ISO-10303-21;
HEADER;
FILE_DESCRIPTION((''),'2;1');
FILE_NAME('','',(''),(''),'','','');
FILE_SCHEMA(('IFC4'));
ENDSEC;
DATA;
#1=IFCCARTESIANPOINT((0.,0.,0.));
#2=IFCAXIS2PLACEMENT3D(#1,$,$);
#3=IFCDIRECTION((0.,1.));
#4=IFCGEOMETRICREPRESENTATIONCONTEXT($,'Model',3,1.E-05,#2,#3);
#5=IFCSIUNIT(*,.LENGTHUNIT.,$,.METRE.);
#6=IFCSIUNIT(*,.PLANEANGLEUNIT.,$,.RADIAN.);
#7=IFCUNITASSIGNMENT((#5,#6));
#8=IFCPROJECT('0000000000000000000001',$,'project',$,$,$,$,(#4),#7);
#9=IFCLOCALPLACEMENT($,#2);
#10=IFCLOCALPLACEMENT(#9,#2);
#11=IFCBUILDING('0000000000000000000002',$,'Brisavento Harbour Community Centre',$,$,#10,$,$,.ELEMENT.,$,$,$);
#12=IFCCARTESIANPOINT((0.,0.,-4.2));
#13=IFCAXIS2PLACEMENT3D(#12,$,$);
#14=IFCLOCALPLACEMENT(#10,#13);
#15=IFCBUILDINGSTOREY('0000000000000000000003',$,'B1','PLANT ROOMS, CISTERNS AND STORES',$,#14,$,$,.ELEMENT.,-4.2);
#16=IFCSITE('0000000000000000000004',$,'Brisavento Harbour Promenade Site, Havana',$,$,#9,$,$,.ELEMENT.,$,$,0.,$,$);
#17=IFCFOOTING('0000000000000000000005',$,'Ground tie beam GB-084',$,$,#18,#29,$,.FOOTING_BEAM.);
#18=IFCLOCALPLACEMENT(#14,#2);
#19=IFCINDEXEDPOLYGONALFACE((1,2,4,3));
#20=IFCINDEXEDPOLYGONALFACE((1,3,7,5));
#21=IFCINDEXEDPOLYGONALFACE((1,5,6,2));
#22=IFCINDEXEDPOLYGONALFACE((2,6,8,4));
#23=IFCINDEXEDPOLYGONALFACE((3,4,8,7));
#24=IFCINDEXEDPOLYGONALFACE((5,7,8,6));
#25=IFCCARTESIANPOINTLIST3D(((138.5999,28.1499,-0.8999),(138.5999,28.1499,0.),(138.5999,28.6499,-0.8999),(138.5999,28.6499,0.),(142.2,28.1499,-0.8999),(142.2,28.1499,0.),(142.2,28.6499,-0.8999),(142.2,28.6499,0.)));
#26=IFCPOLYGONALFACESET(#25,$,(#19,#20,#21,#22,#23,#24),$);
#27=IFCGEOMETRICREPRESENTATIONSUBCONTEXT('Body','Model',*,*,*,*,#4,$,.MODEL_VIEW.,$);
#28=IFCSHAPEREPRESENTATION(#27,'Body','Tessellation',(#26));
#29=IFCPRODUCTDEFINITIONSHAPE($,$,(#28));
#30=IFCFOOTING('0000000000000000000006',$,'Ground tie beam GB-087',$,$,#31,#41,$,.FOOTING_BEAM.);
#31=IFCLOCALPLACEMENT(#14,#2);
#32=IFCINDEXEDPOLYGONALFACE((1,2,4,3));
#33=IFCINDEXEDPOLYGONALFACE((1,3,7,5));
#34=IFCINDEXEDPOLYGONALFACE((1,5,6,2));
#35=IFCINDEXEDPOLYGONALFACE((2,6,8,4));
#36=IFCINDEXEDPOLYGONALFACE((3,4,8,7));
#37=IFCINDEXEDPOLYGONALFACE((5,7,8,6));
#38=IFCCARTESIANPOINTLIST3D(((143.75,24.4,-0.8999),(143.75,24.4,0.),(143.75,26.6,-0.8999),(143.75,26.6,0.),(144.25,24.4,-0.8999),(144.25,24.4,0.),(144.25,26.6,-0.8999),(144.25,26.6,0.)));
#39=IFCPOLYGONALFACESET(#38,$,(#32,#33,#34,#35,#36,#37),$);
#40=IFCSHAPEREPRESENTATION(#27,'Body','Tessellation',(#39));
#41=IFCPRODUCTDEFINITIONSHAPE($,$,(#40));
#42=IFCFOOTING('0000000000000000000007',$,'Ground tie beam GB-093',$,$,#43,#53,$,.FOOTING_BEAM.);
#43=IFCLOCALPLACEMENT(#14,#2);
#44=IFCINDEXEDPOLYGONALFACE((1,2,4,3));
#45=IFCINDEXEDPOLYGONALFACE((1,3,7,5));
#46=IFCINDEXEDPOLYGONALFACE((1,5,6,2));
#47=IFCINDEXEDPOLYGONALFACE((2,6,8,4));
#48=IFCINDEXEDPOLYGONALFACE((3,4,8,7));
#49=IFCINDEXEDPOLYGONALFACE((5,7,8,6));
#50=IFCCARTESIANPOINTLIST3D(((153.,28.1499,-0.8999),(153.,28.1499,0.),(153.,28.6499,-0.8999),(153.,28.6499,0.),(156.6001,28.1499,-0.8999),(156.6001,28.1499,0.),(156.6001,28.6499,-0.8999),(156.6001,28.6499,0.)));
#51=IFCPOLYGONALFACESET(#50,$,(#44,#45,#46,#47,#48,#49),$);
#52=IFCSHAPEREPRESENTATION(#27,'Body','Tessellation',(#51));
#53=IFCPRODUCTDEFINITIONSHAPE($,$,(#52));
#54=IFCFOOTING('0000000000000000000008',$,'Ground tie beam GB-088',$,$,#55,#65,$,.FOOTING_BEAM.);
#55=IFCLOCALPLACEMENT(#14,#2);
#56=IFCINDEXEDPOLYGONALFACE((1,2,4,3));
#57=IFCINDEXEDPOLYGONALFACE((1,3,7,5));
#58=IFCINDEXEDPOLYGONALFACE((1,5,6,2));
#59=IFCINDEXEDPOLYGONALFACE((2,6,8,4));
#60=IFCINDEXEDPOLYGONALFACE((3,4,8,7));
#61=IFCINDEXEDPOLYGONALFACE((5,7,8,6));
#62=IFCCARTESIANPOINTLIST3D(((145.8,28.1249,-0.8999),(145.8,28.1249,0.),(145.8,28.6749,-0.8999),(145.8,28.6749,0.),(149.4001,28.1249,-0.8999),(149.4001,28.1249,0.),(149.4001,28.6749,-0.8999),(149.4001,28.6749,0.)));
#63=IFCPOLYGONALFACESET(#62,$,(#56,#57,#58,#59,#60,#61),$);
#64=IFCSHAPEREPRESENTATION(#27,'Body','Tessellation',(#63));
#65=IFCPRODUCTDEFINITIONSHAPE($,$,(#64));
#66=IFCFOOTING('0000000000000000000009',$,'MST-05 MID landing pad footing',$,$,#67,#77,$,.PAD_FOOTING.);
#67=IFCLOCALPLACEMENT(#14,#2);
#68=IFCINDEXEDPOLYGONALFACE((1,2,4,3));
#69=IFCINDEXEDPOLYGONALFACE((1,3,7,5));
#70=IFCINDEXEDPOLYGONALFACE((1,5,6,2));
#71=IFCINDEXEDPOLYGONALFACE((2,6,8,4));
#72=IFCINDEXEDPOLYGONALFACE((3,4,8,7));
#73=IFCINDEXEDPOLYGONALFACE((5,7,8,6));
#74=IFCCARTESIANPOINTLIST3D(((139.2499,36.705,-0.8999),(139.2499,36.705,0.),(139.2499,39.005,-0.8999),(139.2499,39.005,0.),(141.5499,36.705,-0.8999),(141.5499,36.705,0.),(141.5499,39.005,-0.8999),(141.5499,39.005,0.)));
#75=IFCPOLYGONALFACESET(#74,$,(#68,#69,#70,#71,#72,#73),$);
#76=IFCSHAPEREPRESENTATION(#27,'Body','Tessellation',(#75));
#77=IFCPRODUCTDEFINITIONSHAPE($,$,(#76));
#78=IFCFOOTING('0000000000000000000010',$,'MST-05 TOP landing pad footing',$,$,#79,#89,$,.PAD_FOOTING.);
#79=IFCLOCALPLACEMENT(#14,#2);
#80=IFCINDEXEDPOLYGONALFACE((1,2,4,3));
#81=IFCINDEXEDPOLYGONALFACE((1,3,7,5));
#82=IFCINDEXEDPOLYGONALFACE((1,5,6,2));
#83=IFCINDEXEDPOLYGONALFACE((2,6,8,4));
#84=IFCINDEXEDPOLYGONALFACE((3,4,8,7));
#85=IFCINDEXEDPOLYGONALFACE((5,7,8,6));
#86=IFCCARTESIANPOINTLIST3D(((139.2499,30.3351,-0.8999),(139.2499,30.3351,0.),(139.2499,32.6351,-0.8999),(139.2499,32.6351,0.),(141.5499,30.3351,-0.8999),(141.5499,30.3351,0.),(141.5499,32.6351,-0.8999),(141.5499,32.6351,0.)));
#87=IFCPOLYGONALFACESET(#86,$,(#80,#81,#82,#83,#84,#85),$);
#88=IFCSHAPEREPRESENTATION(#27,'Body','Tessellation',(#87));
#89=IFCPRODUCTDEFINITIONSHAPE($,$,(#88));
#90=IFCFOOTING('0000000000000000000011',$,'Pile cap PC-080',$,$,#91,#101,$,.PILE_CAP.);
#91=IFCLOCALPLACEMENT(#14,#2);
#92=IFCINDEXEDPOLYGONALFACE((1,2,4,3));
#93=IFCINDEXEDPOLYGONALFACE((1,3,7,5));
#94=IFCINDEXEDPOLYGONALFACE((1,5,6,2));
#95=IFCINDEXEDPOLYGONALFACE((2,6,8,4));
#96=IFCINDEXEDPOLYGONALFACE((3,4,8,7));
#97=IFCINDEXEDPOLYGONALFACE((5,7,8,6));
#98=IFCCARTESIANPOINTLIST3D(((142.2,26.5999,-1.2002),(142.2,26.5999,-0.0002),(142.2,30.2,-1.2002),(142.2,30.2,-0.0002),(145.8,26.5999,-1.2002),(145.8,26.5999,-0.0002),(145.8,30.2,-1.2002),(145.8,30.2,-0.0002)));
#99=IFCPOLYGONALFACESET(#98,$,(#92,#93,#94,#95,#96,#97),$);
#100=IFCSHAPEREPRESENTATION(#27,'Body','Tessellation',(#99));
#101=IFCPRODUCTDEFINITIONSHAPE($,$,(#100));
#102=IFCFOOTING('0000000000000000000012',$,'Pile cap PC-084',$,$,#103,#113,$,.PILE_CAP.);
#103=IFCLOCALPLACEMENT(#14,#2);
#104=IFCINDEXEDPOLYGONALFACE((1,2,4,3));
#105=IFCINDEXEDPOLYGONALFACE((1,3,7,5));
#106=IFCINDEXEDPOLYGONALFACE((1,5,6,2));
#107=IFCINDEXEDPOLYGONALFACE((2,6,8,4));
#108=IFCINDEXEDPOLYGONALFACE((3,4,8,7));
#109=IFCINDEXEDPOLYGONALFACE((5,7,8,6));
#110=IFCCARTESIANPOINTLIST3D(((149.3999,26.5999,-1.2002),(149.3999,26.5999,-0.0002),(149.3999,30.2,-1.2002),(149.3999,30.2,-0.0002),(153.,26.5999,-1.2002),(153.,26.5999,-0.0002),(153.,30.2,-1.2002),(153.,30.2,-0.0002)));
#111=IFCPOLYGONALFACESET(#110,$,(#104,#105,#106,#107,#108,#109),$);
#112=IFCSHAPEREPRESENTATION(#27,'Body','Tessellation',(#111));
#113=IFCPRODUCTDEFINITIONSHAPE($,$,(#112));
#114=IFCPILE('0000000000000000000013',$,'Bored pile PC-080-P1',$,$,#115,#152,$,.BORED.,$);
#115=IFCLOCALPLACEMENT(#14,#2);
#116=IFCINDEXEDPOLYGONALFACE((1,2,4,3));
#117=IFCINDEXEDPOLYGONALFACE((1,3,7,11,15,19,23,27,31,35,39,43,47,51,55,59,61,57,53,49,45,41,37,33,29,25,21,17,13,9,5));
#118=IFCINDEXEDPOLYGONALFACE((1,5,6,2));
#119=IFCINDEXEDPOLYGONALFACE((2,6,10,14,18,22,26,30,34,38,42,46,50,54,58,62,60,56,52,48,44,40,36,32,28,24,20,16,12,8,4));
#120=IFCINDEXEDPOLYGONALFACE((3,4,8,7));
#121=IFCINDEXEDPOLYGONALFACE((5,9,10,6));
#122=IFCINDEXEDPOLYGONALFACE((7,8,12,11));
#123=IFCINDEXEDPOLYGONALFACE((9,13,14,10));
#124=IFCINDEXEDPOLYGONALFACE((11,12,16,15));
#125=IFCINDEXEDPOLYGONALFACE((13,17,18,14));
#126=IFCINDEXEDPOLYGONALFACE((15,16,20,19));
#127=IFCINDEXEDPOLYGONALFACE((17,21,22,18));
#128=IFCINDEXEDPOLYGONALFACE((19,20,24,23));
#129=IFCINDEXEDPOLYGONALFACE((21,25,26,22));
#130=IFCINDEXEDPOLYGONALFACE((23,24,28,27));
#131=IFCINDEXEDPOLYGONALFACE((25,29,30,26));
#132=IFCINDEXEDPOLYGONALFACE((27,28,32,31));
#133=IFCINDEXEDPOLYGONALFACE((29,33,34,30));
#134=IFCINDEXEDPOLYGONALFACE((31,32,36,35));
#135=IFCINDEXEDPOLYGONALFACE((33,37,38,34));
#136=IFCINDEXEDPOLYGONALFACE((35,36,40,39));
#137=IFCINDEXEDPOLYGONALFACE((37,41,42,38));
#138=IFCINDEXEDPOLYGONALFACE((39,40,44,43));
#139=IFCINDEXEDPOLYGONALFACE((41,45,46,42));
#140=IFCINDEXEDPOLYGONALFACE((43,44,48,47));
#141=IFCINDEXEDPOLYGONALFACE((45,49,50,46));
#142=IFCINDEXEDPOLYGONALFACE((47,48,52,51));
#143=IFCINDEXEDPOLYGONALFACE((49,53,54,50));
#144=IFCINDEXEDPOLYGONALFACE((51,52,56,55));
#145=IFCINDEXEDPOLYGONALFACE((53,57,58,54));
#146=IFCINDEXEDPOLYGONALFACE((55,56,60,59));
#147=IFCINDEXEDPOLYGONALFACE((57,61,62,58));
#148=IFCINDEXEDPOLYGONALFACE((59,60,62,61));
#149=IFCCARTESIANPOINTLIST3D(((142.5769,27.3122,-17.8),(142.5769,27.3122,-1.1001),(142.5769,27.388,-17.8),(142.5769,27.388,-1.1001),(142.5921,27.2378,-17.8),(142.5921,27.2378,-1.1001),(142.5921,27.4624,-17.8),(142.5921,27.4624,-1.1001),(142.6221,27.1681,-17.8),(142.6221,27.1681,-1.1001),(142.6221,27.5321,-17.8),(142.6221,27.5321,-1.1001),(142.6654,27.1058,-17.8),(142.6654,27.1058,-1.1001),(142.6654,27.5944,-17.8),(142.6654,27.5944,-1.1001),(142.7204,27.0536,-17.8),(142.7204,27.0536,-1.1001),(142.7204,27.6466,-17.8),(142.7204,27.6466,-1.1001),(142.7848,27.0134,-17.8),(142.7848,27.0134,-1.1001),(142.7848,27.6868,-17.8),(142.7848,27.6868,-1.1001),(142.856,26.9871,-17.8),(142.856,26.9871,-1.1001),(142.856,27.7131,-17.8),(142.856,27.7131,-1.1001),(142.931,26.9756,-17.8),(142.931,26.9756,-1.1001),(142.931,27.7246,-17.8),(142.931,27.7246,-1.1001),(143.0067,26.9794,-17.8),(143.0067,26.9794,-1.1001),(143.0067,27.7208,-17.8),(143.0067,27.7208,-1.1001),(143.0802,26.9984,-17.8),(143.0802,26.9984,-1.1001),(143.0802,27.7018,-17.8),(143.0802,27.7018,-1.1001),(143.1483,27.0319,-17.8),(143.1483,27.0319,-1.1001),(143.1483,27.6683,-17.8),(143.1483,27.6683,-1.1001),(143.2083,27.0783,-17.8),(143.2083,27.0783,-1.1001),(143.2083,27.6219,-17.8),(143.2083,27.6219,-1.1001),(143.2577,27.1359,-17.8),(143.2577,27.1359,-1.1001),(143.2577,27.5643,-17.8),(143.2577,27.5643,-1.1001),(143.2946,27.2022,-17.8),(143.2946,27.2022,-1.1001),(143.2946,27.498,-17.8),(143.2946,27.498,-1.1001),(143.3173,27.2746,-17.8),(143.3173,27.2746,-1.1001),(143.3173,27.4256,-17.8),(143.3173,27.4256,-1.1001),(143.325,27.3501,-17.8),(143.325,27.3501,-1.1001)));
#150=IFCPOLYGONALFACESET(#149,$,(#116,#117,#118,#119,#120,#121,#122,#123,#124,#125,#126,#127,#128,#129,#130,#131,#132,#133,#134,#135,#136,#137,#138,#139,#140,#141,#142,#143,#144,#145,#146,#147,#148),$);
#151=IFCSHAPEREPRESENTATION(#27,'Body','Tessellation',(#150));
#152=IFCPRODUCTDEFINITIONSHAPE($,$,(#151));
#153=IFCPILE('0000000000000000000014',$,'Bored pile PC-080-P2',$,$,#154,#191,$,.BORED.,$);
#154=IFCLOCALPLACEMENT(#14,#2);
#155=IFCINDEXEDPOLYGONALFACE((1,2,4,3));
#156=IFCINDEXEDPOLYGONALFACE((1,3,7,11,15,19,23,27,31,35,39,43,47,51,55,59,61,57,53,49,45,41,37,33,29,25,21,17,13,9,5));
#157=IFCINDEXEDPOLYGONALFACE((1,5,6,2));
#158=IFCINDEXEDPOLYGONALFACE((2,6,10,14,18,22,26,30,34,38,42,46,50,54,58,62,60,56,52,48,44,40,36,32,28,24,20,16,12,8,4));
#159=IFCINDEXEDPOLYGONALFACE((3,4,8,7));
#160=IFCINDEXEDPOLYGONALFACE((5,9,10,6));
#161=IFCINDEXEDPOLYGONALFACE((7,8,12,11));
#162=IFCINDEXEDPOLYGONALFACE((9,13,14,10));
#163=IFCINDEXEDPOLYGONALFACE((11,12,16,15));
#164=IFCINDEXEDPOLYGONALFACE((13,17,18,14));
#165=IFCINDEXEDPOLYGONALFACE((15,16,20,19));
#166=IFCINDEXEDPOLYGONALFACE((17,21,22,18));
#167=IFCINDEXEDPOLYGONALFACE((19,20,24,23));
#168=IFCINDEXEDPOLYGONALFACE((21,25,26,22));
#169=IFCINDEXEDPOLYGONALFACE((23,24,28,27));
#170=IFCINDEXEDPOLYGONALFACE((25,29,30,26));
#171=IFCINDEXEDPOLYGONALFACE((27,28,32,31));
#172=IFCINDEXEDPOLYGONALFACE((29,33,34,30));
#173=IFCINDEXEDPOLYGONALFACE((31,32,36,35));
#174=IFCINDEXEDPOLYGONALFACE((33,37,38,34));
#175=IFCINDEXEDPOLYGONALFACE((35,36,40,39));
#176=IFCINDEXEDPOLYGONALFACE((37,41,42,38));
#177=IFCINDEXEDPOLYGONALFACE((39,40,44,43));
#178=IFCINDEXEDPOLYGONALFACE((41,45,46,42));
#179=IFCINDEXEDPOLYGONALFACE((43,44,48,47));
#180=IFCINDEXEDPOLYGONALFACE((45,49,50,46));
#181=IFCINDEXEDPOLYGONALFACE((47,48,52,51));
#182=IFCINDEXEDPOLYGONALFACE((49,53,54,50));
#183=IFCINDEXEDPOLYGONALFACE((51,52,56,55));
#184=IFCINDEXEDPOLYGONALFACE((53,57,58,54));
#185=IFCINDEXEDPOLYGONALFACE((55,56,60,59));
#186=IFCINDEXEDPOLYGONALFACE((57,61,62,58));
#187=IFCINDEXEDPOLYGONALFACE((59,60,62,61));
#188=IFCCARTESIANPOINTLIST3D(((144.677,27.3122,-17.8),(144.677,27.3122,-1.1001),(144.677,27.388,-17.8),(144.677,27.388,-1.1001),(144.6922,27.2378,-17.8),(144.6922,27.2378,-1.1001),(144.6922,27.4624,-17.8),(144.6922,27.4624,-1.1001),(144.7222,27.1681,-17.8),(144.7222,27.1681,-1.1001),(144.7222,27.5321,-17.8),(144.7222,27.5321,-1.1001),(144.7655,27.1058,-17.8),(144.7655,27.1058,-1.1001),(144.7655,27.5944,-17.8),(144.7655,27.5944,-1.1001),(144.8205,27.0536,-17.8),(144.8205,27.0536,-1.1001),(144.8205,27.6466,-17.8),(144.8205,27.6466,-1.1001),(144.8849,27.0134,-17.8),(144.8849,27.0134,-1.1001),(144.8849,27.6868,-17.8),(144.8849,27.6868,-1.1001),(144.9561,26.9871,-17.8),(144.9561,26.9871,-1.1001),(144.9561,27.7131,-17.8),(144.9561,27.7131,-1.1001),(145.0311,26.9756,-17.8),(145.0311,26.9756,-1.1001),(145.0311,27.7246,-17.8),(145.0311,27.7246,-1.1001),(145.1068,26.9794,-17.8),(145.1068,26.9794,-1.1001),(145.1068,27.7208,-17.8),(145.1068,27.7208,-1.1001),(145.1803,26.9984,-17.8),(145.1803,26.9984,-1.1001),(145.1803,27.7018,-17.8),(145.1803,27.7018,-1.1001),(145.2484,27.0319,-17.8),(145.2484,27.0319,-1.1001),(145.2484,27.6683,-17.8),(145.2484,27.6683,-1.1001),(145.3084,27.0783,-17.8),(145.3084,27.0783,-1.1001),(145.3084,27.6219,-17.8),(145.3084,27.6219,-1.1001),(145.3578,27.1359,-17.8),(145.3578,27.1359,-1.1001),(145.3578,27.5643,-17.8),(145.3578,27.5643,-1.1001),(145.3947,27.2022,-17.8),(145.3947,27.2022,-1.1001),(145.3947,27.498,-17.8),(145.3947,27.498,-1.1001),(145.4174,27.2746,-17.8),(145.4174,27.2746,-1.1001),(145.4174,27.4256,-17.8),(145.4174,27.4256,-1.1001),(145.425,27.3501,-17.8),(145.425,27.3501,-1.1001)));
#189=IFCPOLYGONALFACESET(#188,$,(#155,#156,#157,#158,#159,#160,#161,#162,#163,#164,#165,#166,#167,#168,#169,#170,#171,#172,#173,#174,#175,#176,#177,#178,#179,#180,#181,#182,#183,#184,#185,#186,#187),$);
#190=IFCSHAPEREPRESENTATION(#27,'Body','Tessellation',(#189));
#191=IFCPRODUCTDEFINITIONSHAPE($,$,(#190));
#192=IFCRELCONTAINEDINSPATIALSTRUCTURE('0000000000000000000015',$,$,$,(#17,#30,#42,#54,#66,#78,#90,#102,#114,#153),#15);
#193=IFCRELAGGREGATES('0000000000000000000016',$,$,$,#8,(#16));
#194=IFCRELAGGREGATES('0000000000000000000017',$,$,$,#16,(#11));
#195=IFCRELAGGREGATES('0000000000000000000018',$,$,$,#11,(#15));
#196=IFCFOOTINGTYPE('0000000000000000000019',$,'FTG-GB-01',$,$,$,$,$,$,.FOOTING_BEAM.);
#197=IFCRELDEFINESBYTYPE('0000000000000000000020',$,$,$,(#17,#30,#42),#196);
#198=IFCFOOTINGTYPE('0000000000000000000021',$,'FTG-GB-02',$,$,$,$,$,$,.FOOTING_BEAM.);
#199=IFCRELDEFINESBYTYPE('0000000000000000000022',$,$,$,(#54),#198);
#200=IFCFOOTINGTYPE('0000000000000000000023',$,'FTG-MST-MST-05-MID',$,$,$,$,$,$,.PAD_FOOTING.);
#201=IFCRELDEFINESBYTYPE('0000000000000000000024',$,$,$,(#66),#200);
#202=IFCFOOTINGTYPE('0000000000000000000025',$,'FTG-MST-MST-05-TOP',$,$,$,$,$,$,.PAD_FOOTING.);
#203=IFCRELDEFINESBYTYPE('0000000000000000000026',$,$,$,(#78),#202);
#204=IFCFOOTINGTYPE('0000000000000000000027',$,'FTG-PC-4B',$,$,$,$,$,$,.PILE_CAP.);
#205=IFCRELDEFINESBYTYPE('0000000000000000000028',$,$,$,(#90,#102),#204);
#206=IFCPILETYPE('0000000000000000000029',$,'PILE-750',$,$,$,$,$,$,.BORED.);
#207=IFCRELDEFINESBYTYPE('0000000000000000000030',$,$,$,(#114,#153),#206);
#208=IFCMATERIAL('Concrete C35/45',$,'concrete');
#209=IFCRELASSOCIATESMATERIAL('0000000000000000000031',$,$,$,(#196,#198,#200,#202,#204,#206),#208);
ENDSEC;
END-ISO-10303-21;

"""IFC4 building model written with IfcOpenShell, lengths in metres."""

from ifc_helpers import new_model, si_unit, direction, frame, origin, origin_2d, place, context, subcontext, project, spatial, rectangle, circle, extrude, material, material_profile, profile_set, type_object, element, save


model = new_model("IFC4")

# Units and contexts
model_context = context("Model", 3, precision=1e-05, world=origin(), true_north=direction((0.0, 1.0)))
body_context = subcontext(model_context, "Body", "Model", "MODEL_VIEW")
ifc_project = project(units=[si_unit("LENGTHUNIT", "METRE"), si_unit("PLANEANGLEUNIT", "RADIAN")], contexts=[model_context])

# Site, building, storey
site_placement = place(None, origin())
site = spatial("IfcSite", under=ifc_project, at=site_placement, Name="Brisavento Harbour Promenade Site, Havana", CompositionType="ELEMENT", RefElevation=0.0)
building_placement = place(site_placement, origin())
building = spatial("IfcBuilding", under=site, at=building_placement, Name="Brisavento Harbour Community Centre", CompositionType="ELEMENT")
storey_placement = place(building_placement, frame((0.0, 0.0, -4.2)))
storey = spatial("IfcBuildingStorey", under=building, at=storey_placement, Name="B1", Description="PLANT ROOMS, CISTERNS AND STORES", CompositionType="ELEMENT", Elevation=-4.2)

# Footings
ifc_material_1 = material(Name="Concrete C35/45", Category="concrete")
footing_type_1 = type_object("IfcFootingType", Name="FTG-GB-01", PredefinedType="FOOTING_BEAM", material=ifc_material_1)
footing_1_placement = place(storey_placement, frame((140.3999, 28.3999, -0.8999), z_axis=(0.0, 0.0, 1.0), x_axis=(1.0, 0.0, 0.0)))
element("IfcFooting", 1, at=footing_1_placement, inside=storey, type_object=footing_type_1, Name="Ground tie beam GB-084", PredefinedType="FOOTING_BEAM", context=body_context, shape_type="SweptSolid", body=[
    extrude(rectangle(XDim=3.6001, YDim=0.5, at=origin_2d()), origin(), (0.0, 0.0, 1.0), 0.8999),
])
footing_2_placement = place(storey_placement, frame((144.0, 25.5, -0.8999), z_axis=(0.0, 0.0, 1.0), x_axis=(1.0, 0.0, 0.0)))
element("IfcFooting", 2, at=footing_2_placement, inside=storey, type_object=footing_type_1, Name="Ground tie beam GB-087", PredefinedType="FOOTING_BEAM", context=body_context, shape_type="SweptSolid", body=[
    extrude(rectangle(XDim=0.5, YDim=2.2, at=origin_2d()), origin(), (0.0, 0.0, 1.0), 0.8999),
])
footing_3_placement = place(storey_placement, frame((154.8, 28.3999, -0.8999), z_axis=(0.0, 0.0, 1.0), x_axis=(1.0, 0.0, 0.0)))
element("IfcFooting", 3, at=footing_3_placement, inside=storey, type_object=footing_type_1, Name="Ground tie beam GB-093", PredefinedType="FOOTING_BEAM", context=body_context, shape_type="SweptSolid", body=[
    extrude(rectangle(XDim=3.6001, YDim=0.5, at=origin_2d()), origin(), (0.0, 0.0, 1.0), 0.8999),
])
footing_type_2 = type_object("IfcFootingType", Name="FTG-GB-02", PredefinedType="FOOTING_BEAM", material=ifc_material_1)
footing_4_placement = place(storey_placement, frame((147.6001, 28.3999, -0.8999), z_axis=(0.0, 0.0, 1.0), x_axis=(1.0, 0.0, 0.0)))
element("IfcFooting", 4, at=footing_4_placement, inside=storey, type_object=footing_type_2, Name="Ground tie beam GB-088", PredefinedType="FOOTING_BEAM", context=body_context, shape_type="SweptSolid", body=[
    extrude(rectangle(XDim=3.6001, YDim=0.55, at=origin_2d()), origin(), (0.0, 0.0, 1.0), 0.8999),
])
footing_type_3 = type_object("IfcFootingType", Name="FTG-MST-MST-05-MID", PredefinedType="PAD_FOOTING", material=ifc_material_1)
footing_5_placement = place(storey_placement, frame((140.3999, 37.855, -0.8999), z_axis=(0.0, 0.0, 1.0), x_axis=(1.0, 0.0, 0.0)))
element("IfcFooting", 5, at=footing_5_placement, inside=storey, type_object=footing_type_3, Name="MST-05 MID landing pad footing", PredefinedType="PAD_FOOTING", context=body_context, shape_type="SweptSolid", body=[
    extrude(rectangle(XDim=2.3, YDim=2.3, at=origin_2d()), origin(), (0.0, 0.0, 1.0), 0.8999),
])
footing_type_4 = type_object("IfcFootingType", Name="FTG-MST-MST-05-TOP", PredefinedType="PAD_FOOTING", material=ifc_material_1)
footing_6_placement = place(storey_placement, frame((140.3999, 31.4851, -0.8999), z_axis=(0.0, 0.0, 1.0), x_axis=(1.0, 0.0, 0.0)))
element("IfcFooting", 6, at=footing_6_placement, inside=storey, type_object=footing_type_4, Name="MST-05 TOP landing pad footing", PredefinedType="PAD_FOOTING", context=body_context, shape_type="SweptSolid", body=[
    extrude(rectangle(XDim=2.3, YDim=2.3, at=origin_2d()), origin(), (0.0, 0.0, 1.0), 0.8999),
])
footing_type_5 = type_object("IfcFootingType", Name="FTG-PC-4B", PredefinedType="PILE_CAP", material=ifc_material_1)
for number, where, z_axis, x_axis, name in (
    (7, (144.0, 28.3999, -1.2002), (0.0, 0.0, 1.0), (1.0, 0.0, 0.0), "Pile cap PC-080"),
    (8, (151.2, 28.3999, -1.2002), (0.0, 0.0, 1.0), (1.0, 0.0, 0.0), "Pile cap PC-084"),
):
    element("IfcFooting", number, at=place(storey_placement, frame(where, z_axis=z_axis, x_axis=x_axis)), inside=storey, type_object=footing_type_5, Name=name, PredefinedType="PILE_CAP", context=body_context, shape_type="SweptSolid", body=[
        extrude(rectangle(XDim=3.6001, YDim=3.6001, at=origin_2d()), origin(), (0.0, 0.0, 1.0), 1.2),
    ])

# Piles
ifc_material_profile_1 = material_profile(ifc_material_1, circle(Radius=0.375, at=origin_2d()), Name="Concrete C35/45")
ifc_profile_set_1 = profile_set([ifc_material_profile_1], Name="Concrete C35/45")
pile_type = type_object("IfcPileType", Name="PILE-750", PredefinedType="BORED", material=ifc_profile_set_1)
for number, where, z_axis, x_axis, name in (
    (9, (142.95, 27.3501, -1.1001), (0.0, 0.0, -1.0), (1.0, 0.0, 0.0), "Bored pile PC-080-P1"),
    (10, (145.05, 27.3501, -1.1001), (0.0, 0.0, -1.0), (1.0, 0.0, 0.0), "Bored pile PC-080-P2"),
):
    element("IfcPile", number, at=place(storey_placement, frame(where, z_axis=z_axis, x_axis=x_axis)), inside=storey, type_object=pile_type, Name=name, PredefinedType="BORED", context=body_context, shape_type="SweptSolid", body=[
        extrude(circle(Radius=0.375, at=origin_2d()), origin(), (0.0, 0.0, 1.0), 16.7),
    ])

save(model, "model.ifc")
